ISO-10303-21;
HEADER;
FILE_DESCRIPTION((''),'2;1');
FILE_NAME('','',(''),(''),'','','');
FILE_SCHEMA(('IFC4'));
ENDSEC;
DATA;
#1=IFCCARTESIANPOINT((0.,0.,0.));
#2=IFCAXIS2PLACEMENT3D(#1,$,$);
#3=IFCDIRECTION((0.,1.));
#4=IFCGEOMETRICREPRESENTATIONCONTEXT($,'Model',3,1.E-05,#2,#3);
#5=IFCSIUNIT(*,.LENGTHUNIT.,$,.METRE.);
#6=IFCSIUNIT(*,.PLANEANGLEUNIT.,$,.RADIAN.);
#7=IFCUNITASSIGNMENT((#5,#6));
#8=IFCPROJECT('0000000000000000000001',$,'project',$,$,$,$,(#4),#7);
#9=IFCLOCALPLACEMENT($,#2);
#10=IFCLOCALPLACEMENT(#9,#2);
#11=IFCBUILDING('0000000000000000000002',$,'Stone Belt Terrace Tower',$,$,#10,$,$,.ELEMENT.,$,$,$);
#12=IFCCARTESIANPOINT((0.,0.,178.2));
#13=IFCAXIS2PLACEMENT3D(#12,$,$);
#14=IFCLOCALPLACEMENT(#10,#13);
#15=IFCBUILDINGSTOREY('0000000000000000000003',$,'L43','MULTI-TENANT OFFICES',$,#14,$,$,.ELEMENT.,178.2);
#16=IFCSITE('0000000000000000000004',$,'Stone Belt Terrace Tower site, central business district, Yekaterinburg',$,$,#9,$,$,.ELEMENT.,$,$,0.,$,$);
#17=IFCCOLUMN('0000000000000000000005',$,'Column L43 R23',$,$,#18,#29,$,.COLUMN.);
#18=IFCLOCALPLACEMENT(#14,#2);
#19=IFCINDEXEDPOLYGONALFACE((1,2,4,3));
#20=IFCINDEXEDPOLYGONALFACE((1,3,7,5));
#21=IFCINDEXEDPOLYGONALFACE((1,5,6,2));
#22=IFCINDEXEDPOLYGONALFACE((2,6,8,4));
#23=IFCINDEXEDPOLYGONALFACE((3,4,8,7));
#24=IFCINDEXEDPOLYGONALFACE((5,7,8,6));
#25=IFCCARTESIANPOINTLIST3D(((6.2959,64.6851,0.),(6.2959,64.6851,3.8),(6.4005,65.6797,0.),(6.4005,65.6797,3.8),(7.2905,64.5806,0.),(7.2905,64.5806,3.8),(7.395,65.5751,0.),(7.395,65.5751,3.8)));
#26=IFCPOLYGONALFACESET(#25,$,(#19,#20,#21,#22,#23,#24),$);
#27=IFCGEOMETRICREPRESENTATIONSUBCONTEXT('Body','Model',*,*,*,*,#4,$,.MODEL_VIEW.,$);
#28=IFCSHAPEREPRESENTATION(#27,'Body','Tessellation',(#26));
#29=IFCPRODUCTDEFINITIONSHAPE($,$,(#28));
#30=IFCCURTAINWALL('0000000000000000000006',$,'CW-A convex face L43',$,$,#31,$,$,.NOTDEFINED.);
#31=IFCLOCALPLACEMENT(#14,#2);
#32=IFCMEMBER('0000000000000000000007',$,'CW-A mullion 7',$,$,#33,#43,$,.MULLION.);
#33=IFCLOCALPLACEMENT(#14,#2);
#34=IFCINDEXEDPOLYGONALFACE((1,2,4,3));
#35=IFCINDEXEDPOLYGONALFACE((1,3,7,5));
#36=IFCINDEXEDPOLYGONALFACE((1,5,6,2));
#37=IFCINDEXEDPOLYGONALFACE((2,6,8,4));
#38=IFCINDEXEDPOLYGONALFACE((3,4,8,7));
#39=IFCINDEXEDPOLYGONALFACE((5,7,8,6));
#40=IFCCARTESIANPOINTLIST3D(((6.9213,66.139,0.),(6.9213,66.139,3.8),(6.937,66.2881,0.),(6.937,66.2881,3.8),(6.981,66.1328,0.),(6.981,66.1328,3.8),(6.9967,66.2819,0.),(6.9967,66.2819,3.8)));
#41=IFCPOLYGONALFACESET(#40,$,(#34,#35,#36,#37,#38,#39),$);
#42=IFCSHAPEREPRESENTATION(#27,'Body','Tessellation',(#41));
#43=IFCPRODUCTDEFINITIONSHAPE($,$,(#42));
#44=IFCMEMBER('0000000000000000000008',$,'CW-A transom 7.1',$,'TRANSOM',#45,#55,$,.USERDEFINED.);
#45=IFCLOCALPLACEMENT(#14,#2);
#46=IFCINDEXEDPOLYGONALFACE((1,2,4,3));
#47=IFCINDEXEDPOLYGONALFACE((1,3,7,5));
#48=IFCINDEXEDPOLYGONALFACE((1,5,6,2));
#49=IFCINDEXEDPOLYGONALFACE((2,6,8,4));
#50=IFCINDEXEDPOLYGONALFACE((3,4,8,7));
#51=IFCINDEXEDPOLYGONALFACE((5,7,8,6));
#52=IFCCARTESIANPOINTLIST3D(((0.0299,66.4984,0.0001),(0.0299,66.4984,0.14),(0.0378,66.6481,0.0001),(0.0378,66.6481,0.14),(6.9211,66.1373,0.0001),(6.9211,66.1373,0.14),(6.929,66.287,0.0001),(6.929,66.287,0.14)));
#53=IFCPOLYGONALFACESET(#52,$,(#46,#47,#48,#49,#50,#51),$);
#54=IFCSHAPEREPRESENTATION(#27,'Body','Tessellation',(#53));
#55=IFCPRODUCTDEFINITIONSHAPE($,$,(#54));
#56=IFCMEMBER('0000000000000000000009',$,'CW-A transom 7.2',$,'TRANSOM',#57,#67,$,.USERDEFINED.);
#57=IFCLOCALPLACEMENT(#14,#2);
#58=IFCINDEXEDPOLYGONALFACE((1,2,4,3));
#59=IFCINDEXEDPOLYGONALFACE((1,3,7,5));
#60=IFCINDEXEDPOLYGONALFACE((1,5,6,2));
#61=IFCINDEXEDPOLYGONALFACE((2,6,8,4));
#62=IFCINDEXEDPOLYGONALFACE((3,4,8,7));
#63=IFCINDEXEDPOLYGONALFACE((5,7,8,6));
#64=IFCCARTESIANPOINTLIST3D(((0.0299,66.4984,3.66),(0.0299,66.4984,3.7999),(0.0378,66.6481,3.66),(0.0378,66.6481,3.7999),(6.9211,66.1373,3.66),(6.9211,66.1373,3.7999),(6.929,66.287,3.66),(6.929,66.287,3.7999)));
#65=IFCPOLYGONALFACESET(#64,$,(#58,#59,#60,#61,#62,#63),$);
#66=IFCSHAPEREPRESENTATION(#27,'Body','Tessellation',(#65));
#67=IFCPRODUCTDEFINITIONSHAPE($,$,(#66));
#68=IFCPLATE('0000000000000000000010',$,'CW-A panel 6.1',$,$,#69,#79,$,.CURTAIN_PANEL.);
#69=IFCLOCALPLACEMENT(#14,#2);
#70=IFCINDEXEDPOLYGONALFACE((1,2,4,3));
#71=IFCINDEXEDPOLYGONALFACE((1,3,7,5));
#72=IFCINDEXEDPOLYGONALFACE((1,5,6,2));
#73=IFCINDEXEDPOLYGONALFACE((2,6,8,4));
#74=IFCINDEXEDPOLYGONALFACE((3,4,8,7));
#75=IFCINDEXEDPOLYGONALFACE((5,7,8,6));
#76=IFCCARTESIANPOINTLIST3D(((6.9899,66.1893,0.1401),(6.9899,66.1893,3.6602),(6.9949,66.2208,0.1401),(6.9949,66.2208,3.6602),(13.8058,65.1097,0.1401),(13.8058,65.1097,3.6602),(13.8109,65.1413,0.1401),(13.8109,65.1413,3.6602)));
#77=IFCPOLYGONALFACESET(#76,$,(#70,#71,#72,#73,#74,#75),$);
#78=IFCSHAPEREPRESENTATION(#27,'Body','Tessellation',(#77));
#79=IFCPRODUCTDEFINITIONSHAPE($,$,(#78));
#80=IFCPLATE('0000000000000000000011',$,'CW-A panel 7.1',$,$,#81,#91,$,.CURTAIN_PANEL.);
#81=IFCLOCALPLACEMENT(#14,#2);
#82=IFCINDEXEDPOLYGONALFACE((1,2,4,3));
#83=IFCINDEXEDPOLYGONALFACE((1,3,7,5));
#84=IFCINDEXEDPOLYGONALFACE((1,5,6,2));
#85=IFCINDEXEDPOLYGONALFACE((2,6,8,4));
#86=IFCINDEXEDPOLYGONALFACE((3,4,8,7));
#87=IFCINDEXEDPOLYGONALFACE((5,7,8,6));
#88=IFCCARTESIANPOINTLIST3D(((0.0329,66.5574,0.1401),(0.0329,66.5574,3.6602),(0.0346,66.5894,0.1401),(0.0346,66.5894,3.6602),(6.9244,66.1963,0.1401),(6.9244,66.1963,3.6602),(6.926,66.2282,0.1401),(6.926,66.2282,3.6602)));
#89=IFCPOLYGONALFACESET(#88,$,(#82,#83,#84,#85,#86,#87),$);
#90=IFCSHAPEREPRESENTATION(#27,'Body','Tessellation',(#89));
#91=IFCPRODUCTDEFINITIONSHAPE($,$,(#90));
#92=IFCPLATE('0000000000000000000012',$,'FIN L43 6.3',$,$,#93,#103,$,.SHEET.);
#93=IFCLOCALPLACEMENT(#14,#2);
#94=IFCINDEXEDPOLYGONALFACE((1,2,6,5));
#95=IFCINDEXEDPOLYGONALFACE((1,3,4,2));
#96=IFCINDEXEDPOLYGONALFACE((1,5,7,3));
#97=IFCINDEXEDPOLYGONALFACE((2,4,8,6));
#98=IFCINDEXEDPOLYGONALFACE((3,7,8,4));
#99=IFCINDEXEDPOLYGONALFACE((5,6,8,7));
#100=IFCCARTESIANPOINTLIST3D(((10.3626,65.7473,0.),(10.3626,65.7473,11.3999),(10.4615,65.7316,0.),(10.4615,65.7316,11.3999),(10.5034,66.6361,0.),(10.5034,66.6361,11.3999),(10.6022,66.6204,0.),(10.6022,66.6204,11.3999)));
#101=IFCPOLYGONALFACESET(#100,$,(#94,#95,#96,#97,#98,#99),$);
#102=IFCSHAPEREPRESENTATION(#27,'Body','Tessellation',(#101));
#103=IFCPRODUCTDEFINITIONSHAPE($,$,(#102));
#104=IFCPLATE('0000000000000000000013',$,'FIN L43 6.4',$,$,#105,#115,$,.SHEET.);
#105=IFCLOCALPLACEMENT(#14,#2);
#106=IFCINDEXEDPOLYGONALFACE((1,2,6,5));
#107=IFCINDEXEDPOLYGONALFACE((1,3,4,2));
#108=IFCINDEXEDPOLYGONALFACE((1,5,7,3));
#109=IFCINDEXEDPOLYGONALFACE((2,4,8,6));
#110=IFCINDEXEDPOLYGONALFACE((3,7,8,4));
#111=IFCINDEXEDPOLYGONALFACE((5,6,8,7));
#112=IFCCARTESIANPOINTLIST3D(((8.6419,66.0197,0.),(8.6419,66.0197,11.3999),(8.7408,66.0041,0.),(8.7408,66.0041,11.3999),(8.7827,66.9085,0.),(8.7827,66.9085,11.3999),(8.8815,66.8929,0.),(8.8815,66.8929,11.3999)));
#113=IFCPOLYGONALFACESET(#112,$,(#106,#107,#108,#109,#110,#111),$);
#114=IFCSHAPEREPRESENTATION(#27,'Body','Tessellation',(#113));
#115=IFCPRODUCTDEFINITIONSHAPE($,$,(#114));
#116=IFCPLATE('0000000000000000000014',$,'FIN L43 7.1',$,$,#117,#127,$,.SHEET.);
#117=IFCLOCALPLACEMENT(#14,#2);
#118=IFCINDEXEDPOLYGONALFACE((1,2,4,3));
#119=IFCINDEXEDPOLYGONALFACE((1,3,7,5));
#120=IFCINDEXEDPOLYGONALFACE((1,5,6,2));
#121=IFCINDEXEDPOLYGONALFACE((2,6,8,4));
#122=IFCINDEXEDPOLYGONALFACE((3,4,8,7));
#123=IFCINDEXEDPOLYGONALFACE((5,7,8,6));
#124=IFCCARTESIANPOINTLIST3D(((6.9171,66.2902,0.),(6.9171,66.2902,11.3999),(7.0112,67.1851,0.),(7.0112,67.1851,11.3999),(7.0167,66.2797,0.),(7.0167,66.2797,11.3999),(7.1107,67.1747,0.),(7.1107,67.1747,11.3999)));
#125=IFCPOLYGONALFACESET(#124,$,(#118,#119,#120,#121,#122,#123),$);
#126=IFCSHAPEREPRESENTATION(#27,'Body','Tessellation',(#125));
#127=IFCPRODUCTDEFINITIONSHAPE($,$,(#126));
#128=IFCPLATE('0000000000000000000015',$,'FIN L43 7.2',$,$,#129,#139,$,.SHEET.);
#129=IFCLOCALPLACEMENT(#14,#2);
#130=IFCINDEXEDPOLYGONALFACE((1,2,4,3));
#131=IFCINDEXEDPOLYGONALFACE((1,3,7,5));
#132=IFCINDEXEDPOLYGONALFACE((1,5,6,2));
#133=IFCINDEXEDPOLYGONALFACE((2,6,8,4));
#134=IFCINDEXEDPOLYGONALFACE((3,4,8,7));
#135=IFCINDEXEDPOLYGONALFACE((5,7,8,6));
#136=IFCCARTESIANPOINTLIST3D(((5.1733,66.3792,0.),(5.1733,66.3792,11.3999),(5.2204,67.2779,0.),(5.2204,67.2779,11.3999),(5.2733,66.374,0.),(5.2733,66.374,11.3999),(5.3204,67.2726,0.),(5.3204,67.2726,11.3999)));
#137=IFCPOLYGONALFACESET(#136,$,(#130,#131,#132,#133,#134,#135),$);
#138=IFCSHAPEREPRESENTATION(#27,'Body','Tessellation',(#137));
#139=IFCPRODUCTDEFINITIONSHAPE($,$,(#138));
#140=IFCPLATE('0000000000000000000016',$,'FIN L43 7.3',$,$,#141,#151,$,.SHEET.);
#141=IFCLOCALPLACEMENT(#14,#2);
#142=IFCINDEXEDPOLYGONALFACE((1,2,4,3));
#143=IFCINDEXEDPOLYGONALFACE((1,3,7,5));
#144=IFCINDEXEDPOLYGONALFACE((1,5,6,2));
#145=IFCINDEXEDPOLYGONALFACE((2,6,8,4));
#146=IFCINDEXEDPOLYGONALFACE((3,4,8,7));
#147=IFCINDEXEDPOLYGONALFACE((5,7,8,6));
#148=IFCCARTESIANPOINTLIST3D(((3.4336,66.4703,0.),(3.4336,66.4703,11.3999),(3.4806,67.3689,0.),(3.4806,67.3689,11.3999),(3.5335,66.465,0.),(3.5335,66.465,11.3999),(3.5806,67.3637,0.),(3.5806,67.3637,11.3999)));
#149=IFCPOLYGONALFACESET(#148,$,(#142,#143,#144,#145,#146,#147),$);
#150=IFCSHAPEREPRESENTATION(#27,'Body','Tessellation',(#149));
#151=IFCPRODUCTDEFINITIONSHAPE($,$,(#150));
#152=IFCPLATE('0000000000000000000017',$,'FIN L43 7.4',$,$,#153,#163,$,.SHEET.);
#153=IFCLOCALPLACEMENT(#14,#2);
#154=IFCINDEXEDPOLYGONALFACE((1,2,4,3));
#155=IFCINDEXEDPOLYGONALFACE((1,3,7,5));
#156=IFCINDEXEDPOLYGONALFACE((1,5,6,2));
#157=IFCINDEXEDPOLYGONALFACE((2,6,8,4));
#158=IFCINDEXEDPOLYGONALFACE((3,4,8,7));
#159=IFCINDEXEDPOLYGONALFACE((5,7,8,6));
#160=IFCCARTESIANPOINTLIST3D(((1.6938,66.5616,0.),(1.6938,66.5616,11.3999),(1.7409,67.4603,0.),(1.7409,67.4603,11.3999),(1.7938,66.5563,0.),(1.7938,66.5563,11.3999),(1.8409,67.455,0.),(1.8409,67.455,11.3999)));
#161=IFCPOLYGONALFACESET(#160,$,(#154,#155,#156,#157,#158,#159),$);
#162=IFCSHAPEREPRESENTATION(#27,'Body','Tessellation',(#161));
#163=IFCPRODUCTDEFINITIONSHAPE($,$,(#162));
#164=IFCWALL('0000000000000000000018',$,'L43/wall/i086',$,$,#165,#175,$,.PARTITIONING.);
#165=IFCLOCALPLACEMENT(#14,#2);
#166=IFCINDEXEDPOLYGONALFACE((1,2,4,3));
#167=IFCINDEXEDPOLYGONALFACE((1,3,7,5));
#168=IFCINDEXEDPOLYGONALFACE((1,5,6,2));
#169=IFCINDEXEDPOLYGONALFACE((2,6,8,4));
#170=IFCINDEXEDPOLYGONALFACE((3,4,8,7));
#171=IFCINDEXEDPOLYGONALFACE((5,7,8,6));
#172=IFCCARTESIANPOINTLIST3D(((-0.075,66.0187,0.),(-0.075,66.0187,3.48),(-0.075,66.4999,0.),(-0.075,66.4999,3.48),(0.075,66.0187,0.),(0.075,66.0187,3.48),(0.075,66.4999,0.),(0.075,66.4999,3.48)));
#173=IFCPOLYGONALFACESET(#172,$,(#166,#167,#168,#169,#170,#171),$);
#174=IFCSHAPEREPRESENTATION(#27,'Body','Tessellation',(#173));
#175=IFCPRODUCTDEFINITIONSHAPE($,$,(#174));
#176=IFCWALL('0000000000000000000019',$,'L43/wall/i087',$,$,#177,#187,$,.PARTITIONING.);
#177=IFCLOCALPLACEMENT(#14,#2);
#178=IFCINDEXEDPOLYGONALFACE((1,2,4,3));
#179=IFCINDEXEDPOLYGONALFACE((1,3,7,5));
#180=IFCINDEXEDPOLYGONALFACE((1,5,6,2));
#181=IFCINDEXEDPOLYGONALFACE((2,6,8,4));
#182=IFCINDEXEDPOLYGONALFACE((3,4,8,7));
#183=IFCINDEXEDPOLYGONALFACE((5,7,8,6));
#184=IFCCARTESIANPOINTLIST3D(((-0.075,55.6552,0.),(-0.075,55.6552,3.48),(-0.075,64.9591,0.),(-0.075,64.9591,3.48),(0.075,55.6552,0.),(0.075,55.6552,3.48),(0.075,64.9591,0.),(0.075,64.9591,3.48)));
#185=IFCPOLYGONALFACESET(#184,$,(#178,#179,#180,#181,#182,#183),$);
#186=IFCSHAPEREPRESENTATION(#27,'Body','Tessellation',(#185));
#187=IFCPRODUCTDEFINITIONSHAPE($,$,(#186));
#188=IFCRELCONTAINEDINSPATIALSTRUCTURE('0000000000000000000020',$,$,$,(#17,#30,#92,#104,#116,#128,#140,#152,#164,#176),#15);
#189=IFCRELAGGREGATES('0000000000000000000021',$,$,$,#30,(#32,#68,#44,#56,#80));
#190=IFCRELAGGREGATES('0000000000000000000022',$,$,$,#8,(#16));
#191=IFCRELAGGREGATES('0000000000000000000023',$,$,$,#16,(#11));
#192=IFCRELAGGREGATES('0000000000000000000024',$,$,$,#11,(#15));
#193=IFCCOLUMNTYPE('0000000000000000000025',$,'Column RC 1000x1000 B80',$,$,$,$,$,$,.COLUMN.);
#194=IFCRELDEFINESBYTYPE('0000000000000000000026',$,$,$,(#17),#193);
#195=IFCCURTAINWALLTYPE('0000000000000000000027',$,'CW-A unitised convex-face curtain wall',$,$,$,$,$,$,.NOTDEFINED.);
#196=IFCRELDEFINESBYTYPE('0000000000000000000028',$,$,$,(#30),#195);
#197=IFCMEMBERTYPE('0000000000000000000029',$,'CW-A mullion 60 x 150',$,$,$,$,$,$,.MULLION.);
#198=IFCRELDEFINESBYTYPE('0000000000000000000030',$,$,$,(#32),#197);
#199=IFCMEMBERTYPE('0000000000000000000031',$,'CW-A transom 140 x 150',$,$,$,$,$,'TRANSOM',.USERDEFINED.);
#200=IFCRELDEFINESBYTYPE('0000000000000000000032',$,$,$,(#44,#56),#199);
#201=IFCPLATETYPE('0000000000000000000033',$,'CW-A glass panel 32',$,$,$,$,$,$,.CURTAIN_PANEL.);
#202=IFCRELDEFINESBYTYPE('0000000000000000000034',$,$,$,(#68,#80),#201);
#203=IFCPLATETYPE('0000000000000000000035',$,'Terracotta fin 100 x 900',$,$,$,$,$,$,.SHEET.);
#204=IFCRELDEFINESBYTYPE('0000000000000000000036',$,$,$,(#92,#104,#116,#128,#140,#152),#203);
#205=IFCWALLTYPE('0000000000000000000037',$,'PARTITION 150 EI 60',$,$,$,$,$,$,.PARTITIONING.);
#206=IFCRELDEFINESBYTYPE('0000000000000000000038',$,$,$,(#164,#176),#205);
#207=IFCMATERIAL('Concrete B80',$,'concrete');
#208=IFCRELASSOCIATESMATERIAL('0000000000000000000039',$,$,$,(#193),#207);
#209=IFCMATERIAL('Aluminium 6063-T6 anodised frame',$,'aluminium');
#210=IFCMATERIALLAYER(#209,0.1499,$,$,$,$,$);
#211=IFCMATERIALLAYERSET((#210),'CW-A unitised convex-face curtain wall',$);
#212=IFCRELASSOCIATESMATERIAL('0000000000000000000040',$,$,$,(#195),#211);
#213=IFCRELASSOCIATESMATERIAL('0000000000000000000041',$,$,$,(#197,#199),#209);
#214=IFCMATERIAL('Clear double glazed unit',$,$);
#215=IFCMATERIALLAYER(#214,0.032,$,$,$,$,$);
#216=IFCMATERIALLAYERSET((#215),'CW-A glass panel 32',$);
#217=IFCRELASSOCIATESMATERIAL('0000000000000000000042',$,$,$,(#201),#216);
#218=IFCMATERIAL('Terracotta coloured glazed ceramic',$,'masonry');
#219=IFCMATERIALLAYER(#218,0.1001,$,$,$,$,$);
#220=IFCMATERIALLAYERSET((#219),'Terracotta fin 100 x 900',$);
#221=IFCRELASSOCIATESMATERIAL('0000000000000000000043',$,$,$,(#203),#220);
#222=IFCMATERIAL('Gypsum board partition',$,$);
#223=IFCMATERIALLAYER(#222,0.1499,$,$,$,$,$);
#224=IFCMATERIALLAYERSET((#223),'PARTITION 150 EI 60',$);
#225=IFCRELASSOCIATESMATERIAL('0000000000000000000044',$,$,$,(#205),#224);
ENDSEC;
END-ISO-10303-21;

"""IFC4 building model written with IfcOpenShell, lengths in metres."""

from ifc_helpers import new_model, si_unit, direction, frame, frame_2d, origin, origin_2d, place, context, subcontext, project, spatial, rectangle, extrude, material, layer, layer_set, material_profile, profile_set, type_object, element, aggregate, save


model = new_model("IFC4")

# Units and contexts
model_context = context("Model", 3, precision=1e-05, world=origin(), true_north=direction((0.0, 1.0)))
body_context = subcontext(model_context, "Body", "Model", "MODEL_VIEW")
ifc_project = project(units=[si_unit("LENGTHUNIT", "METRE"), si_unit("PLANEANGLEUNIT", "RADIAN")], contexts=[model_context])

# Site, building, storey
site_placement = place(None, origin())
site = spatial("IfcSite", under=ifc_project, at=site_placement, Name="Stone Belt Terrace Tower site, central business district, Yekaterinburg", CompositionType="ELEMENT", RefElevation=0.0)
building_placement = place(site_placement, origin())
building = spatial("IfcBuilding", under=site, at=building_placement, Name="Stone Belt Terrace Tower", CompositionType="ELEMENT")
storey_placement = place(building_placement, frame((0.0, 0.0, 178.2)))
storey = spatial("IfcBuildingStorey", under=building, at=storey_placement, Name="L43", Description="MULTI-TENANT OFFICES", CompositionType="ELEMENT", Elevation=178.2)

# Column
ifc_material_1 = material(Name="Concrete B80", Category="concrete")
ifc_material_profile_1 = material_profile(ifc_material_1, rectangle(XDim=1.0, YDim=1.0, at=origin_2d()), Name="RC 1000x1000")
ifc_profile_set_1 = profile_set([ifc_material_profile_1], Name="Concrete B80")
column_type = type_object("IfcColumnType", Name="Column RC 1000x1000 B80", PredefinedType="COLUMN", material=ifc_profile_set_1)
column_placement = place(storey_placement, frame((6.8455, 65.1301, 0.0), z_axis=(0.0, 0.0, 1.0), x_axis=(0.994522, -0.104528, 0.0)))
element("IfcColumn", 1, at=column_placement, inside=storey, type_object=column_type, Name="Column L43 R23", PredefinedType="COLUMN", context=body_context, shape_type="SweptSolid", body=[
    extrude(rectangle(XDim=1.0, YDim=1.0, at=origin_2d()), origin(), (0.0, 0.0, 1.0), 3.8),
])

# Curtain wall, members, plates
ifc_material_2 = material(Name="Aluminium 6063-T6 anodised frame", Category="aluminium")
ifc_layer_1 = layer(ifc_material_2, 0.1499)
ifc_layer_set_1 = layer_set([ifc_layer_1], Name="CW-A unitised convex-face curtain wall")
curtain_wall_type = type_object("IfcCurtainWallType", Name="CW-A unitised convex-face curtain wall", PredefinedType="NOTDEFINED", material=ifc_layer_set_1)
curtain_wall_placement = place(storey_placement, origin())
curtain_wall = element("IfcCurtainWall", 2, at=curtain_wall_placement, inside=storey, type_object=curtain_wall_type, Name="CW-A convex face L43", PredefinedType="NOTDEFINED")
ifc_material_profile_2 = material_profile(ifc_material_2, rectangle(XDim=0.1499, YDim=0.0601, at=origin_2d()), Name="Aluminium 6063-T6 60x150")
ifc_profile_set_2 = profile_set([ifc_material_profile_2], Name="Aluminium 6063-T6 anodised frame")
member_type_1 = type_object("IfcMemberType", Name="CW-A mullion 60 x 150", PredefinedType="MULLION", material=ifc_profile_set_2)
member_1_placement = place(storey_placement, frame((6.959, 66.2104, 0.0), z_axis=(0.0, 0.0, 1.0), x_axis=(-0.104528, -0.994522, 0.0)))
member_1 = element("IfcMember", 3, at=member_1_placement, type_object=member_type_1, Name="CW-A mullion 7", PredefinedType="MULLION", context=body_context, shape_type="SweptSolid", body=[
    extrude(rectangle(XDim=0.1499, YDim=0.0601, at=origin_2d()), origin(), (0.0, 0.0, 1.0), 3.8),
])
ifc_material_profile_3 = material_profile(ifc_material_2, rectangle(XDim=0.1499, YDim=0.1399, at=origin_2d()), Name="Aluminium 6063-T6 150x140")
ifc_profile_set_3 = profile_set([ifc_material_profile_3], Name="Aluminium 6063-T6 anodised frame")
member_type_2 = type_object("IfcMemberType", Name="CW-A transom 140 x 150", ElementType="TRANSOM", PredefinedType="USERDEFINED", material=ifc_profile_set_3)
member_2_placement = place(storey_placement, frame((6.925, 66.2122, 0.0701), z_axis=(-0.99863, 0.052327, 0.0), x_axis=(-0.052327, -0.99863, 0.0)))
member_2 = element("IfcMember", 4, at=member_2_placement, type_object=member_type_2, Name="CW-A transom 7.1", ObjectType="TRANSOM", PredefinedType="USERDEFINED", context=body_context, shape_type="SweptSolid", body=[
    extrude(rectangle(XDim=0.1499, YDim=0.1399, at=origin_2d()), origin(), (0.0, 0.0, 1.0), 6.9006),
])
member_3_placement = place(storey_placement, frame((6.925, 66.2122, 3.73), z_axis=(-0.99863, 0.052327, 0.0), x_axis=(-0.052327, -0.99863, 0.0)))
member_3 = element("IfcMember", 5, at=member_3_placement, type_object=member_type_2, Name="CW-A transom 7.2", ObjectType="TRANSOM", PredefinedType="USERDEFINED", context=body_context, shape_type="SweptSolid", body=[
    extrude(rectangle(XDim=0.1499, YDim=0.1399, at=origin_2d()), origin(), (0.0, 0.0, 1.0), 6.9006),
])
ifc_material_3 = material(Name="Clear double glazed unit")
ifc_layer_2 = layer(ifc_material_3, 0.032)
ifc_layer_set_2 = layer_set([ifc_layer_2], Name="CW-A glass panel 32")
plate_type_1 = type_object("IfcPlateType", Name="CW-A glass panel 32", PredefinedType="CURTAIN_PANEL", material=ifc_layer_set_2)
plate_1_placement = place(storey_placement, frame((10.4004, 65.6653, 0.1401), z_axis=(0.0, 0.0, 1.0), x_axis=(-0.987688, 0.156434, 0.0)))
plate_1 = element("IfcPlate", 6, at=plate_1_placement, type_object=plate_type_1, Name="CW-A panel 6.1", PredefinedType="CURTAIN_PANEL", context=body_context, shape_type="SweptSolid", body=[
    extrude(rectangle(XDim=6.9009, YDim=0.032, at=origin_2d()), origin(), (0.0, 0.0, 1.0), 3.52),
])
plate_2_placement = place(storey_placement, frame((3.4795, 66.3928, 0.1401), z_axis=(0.0, 0.0, 1.0), x_axis=(-0.99863, 0.052336, 0.0)))
plate_2 = element("IfcPlate", 7, at=plate_2_placement, type_object=plate_type_1, Name="CW-A panel 7.1", PredefinedType="CURTAIN_PANEL", context=body_context, shape_type="SweptSolid", body=[
    extrude(rectangle(XDim=6.9009, YDim=0.032, at=origin_2d()), origin(), (0.0, 0.0, 1.0), 3.52),
])
aggregate(curtain_wall, [member_1, plate_1, member_2, member_3, plate_2])

# Plates
ifc_material_4 = material(Name="Terracotta coloured glazed ceramic", Category="masonry")
ifc_layer_3 = layer(ifc_material_4, 0.1001)
ifc_layer_set_3 = layer_set([ifc_layer_3], Name="Terracotta fin 100 x 900")
plate_type_2 = type_object("IfcPlateType", Name="Terracotta fin 100 x 900", PredefinedType="SHEET", material=ifc_layer_set_3)
for number, where, z_axis, x_axis, name in (
    (8, (10.4824, 66.1838, 0.0), (0.0, 0.0, 1.0), (0.156434, 0.987688, 0.0), "FIN L43 6.3"),
    (9, (8.7617, 66.4563, 0.0), (0.0, 0.0, 1.0), (0.156434, 0.987688, 0.0), "FIN L43 6.4"),
    (10, (7.0139, 66.7324, 0.0), (0.0, 0.0, 1.0), (0.104528, 0.994522, 0.0), "FIN L43 7.1"),
    (11, (5.2468, 66.8259, 0.0), (0.0, 0.0, 1.0), (0.052336, 0.99863, 0.0), "FIN L43 7.2"),
    (12, (3.5071, 66.917, 0.0), (0.0, 0.0, 1.0), (0.052336, 0.99863, 0.0), "FIN L43 7.3"),
    (13, (1.7673, 67.0083, 0.0), (0.0, 0.0, 1.0), (0.052336, 0.99863, 0.0), "FIN L43 7.4"),
):
    element("IfcPlate", number, at=place(storey_placement, frame(where, z_axis=z_axis, x_axis=x_axis)), inside=storey, type_object=plate_type_2, Name=name, PredefinedType="SHEET", context=body_context, shape_type="SweptSolid", body=[
        extrude(rectangle(XDim=0.8999, YDim=0.1001, at=origin_2d()), origin(), (0.0, 0.0, 1.0), 11.3999),
    ])

# Walls
ifc_material_5 = material(Name="Gypsum board partition")
ifc_layer_4 = layer(ifc_material_5, 0.1499)
ifc_layer_set_4 = layer_set([ifc_layer_4], Name="PARTITION 150 EI 60")
wall_type = type_object("IfcWallType", Name="PARTITION 150 EI 60", PredefinedType="PARTITIONING", material=ifc_layer_set_4)
wall_1_placement = place(storey_placement, frame((0.0, 66.5, 0.0), z_axis=(0.0, 0.0, 1.0), x_axis=(0.0, -1.0, 0.0)))
element("IfcWall", 14, at=wall_1_placement, inside=storey, type_object=wall_type, Name="L43/wall/i086", PredefinedType="PARTITIONING", context=body_context, shape_type="SweptSolid", body=[
    extrude(rectangle(XDim=0.4812, YDim=0.1499, at=frame_2d((0.2407, 0.0))), origin(), (0.0, 0.0, 1.0), 3.48),
])
wall_2_placement = place(storey_placement, frame((0.0, 64.959, 0.0), z_axis=(0.0, 0.0, 1.0), x_axis=(0.0, -1.0, 0.0)))
element("IfcWall", 15, at=wall_2_placement, inside=storey, type_object=wall_type, Name="L43/wall/i087", PredefinedType="PARTITIONING", context=body_context, shape_type="SweptSolid", body=[
    extrude(rectangle(XDim=9.304, YDim=0.1499, at=frame_2d((4.6519, 0.0))), origin(), (0.0, 0.0, 1.0), 3.48),
])

save(model, "model.ifc")
